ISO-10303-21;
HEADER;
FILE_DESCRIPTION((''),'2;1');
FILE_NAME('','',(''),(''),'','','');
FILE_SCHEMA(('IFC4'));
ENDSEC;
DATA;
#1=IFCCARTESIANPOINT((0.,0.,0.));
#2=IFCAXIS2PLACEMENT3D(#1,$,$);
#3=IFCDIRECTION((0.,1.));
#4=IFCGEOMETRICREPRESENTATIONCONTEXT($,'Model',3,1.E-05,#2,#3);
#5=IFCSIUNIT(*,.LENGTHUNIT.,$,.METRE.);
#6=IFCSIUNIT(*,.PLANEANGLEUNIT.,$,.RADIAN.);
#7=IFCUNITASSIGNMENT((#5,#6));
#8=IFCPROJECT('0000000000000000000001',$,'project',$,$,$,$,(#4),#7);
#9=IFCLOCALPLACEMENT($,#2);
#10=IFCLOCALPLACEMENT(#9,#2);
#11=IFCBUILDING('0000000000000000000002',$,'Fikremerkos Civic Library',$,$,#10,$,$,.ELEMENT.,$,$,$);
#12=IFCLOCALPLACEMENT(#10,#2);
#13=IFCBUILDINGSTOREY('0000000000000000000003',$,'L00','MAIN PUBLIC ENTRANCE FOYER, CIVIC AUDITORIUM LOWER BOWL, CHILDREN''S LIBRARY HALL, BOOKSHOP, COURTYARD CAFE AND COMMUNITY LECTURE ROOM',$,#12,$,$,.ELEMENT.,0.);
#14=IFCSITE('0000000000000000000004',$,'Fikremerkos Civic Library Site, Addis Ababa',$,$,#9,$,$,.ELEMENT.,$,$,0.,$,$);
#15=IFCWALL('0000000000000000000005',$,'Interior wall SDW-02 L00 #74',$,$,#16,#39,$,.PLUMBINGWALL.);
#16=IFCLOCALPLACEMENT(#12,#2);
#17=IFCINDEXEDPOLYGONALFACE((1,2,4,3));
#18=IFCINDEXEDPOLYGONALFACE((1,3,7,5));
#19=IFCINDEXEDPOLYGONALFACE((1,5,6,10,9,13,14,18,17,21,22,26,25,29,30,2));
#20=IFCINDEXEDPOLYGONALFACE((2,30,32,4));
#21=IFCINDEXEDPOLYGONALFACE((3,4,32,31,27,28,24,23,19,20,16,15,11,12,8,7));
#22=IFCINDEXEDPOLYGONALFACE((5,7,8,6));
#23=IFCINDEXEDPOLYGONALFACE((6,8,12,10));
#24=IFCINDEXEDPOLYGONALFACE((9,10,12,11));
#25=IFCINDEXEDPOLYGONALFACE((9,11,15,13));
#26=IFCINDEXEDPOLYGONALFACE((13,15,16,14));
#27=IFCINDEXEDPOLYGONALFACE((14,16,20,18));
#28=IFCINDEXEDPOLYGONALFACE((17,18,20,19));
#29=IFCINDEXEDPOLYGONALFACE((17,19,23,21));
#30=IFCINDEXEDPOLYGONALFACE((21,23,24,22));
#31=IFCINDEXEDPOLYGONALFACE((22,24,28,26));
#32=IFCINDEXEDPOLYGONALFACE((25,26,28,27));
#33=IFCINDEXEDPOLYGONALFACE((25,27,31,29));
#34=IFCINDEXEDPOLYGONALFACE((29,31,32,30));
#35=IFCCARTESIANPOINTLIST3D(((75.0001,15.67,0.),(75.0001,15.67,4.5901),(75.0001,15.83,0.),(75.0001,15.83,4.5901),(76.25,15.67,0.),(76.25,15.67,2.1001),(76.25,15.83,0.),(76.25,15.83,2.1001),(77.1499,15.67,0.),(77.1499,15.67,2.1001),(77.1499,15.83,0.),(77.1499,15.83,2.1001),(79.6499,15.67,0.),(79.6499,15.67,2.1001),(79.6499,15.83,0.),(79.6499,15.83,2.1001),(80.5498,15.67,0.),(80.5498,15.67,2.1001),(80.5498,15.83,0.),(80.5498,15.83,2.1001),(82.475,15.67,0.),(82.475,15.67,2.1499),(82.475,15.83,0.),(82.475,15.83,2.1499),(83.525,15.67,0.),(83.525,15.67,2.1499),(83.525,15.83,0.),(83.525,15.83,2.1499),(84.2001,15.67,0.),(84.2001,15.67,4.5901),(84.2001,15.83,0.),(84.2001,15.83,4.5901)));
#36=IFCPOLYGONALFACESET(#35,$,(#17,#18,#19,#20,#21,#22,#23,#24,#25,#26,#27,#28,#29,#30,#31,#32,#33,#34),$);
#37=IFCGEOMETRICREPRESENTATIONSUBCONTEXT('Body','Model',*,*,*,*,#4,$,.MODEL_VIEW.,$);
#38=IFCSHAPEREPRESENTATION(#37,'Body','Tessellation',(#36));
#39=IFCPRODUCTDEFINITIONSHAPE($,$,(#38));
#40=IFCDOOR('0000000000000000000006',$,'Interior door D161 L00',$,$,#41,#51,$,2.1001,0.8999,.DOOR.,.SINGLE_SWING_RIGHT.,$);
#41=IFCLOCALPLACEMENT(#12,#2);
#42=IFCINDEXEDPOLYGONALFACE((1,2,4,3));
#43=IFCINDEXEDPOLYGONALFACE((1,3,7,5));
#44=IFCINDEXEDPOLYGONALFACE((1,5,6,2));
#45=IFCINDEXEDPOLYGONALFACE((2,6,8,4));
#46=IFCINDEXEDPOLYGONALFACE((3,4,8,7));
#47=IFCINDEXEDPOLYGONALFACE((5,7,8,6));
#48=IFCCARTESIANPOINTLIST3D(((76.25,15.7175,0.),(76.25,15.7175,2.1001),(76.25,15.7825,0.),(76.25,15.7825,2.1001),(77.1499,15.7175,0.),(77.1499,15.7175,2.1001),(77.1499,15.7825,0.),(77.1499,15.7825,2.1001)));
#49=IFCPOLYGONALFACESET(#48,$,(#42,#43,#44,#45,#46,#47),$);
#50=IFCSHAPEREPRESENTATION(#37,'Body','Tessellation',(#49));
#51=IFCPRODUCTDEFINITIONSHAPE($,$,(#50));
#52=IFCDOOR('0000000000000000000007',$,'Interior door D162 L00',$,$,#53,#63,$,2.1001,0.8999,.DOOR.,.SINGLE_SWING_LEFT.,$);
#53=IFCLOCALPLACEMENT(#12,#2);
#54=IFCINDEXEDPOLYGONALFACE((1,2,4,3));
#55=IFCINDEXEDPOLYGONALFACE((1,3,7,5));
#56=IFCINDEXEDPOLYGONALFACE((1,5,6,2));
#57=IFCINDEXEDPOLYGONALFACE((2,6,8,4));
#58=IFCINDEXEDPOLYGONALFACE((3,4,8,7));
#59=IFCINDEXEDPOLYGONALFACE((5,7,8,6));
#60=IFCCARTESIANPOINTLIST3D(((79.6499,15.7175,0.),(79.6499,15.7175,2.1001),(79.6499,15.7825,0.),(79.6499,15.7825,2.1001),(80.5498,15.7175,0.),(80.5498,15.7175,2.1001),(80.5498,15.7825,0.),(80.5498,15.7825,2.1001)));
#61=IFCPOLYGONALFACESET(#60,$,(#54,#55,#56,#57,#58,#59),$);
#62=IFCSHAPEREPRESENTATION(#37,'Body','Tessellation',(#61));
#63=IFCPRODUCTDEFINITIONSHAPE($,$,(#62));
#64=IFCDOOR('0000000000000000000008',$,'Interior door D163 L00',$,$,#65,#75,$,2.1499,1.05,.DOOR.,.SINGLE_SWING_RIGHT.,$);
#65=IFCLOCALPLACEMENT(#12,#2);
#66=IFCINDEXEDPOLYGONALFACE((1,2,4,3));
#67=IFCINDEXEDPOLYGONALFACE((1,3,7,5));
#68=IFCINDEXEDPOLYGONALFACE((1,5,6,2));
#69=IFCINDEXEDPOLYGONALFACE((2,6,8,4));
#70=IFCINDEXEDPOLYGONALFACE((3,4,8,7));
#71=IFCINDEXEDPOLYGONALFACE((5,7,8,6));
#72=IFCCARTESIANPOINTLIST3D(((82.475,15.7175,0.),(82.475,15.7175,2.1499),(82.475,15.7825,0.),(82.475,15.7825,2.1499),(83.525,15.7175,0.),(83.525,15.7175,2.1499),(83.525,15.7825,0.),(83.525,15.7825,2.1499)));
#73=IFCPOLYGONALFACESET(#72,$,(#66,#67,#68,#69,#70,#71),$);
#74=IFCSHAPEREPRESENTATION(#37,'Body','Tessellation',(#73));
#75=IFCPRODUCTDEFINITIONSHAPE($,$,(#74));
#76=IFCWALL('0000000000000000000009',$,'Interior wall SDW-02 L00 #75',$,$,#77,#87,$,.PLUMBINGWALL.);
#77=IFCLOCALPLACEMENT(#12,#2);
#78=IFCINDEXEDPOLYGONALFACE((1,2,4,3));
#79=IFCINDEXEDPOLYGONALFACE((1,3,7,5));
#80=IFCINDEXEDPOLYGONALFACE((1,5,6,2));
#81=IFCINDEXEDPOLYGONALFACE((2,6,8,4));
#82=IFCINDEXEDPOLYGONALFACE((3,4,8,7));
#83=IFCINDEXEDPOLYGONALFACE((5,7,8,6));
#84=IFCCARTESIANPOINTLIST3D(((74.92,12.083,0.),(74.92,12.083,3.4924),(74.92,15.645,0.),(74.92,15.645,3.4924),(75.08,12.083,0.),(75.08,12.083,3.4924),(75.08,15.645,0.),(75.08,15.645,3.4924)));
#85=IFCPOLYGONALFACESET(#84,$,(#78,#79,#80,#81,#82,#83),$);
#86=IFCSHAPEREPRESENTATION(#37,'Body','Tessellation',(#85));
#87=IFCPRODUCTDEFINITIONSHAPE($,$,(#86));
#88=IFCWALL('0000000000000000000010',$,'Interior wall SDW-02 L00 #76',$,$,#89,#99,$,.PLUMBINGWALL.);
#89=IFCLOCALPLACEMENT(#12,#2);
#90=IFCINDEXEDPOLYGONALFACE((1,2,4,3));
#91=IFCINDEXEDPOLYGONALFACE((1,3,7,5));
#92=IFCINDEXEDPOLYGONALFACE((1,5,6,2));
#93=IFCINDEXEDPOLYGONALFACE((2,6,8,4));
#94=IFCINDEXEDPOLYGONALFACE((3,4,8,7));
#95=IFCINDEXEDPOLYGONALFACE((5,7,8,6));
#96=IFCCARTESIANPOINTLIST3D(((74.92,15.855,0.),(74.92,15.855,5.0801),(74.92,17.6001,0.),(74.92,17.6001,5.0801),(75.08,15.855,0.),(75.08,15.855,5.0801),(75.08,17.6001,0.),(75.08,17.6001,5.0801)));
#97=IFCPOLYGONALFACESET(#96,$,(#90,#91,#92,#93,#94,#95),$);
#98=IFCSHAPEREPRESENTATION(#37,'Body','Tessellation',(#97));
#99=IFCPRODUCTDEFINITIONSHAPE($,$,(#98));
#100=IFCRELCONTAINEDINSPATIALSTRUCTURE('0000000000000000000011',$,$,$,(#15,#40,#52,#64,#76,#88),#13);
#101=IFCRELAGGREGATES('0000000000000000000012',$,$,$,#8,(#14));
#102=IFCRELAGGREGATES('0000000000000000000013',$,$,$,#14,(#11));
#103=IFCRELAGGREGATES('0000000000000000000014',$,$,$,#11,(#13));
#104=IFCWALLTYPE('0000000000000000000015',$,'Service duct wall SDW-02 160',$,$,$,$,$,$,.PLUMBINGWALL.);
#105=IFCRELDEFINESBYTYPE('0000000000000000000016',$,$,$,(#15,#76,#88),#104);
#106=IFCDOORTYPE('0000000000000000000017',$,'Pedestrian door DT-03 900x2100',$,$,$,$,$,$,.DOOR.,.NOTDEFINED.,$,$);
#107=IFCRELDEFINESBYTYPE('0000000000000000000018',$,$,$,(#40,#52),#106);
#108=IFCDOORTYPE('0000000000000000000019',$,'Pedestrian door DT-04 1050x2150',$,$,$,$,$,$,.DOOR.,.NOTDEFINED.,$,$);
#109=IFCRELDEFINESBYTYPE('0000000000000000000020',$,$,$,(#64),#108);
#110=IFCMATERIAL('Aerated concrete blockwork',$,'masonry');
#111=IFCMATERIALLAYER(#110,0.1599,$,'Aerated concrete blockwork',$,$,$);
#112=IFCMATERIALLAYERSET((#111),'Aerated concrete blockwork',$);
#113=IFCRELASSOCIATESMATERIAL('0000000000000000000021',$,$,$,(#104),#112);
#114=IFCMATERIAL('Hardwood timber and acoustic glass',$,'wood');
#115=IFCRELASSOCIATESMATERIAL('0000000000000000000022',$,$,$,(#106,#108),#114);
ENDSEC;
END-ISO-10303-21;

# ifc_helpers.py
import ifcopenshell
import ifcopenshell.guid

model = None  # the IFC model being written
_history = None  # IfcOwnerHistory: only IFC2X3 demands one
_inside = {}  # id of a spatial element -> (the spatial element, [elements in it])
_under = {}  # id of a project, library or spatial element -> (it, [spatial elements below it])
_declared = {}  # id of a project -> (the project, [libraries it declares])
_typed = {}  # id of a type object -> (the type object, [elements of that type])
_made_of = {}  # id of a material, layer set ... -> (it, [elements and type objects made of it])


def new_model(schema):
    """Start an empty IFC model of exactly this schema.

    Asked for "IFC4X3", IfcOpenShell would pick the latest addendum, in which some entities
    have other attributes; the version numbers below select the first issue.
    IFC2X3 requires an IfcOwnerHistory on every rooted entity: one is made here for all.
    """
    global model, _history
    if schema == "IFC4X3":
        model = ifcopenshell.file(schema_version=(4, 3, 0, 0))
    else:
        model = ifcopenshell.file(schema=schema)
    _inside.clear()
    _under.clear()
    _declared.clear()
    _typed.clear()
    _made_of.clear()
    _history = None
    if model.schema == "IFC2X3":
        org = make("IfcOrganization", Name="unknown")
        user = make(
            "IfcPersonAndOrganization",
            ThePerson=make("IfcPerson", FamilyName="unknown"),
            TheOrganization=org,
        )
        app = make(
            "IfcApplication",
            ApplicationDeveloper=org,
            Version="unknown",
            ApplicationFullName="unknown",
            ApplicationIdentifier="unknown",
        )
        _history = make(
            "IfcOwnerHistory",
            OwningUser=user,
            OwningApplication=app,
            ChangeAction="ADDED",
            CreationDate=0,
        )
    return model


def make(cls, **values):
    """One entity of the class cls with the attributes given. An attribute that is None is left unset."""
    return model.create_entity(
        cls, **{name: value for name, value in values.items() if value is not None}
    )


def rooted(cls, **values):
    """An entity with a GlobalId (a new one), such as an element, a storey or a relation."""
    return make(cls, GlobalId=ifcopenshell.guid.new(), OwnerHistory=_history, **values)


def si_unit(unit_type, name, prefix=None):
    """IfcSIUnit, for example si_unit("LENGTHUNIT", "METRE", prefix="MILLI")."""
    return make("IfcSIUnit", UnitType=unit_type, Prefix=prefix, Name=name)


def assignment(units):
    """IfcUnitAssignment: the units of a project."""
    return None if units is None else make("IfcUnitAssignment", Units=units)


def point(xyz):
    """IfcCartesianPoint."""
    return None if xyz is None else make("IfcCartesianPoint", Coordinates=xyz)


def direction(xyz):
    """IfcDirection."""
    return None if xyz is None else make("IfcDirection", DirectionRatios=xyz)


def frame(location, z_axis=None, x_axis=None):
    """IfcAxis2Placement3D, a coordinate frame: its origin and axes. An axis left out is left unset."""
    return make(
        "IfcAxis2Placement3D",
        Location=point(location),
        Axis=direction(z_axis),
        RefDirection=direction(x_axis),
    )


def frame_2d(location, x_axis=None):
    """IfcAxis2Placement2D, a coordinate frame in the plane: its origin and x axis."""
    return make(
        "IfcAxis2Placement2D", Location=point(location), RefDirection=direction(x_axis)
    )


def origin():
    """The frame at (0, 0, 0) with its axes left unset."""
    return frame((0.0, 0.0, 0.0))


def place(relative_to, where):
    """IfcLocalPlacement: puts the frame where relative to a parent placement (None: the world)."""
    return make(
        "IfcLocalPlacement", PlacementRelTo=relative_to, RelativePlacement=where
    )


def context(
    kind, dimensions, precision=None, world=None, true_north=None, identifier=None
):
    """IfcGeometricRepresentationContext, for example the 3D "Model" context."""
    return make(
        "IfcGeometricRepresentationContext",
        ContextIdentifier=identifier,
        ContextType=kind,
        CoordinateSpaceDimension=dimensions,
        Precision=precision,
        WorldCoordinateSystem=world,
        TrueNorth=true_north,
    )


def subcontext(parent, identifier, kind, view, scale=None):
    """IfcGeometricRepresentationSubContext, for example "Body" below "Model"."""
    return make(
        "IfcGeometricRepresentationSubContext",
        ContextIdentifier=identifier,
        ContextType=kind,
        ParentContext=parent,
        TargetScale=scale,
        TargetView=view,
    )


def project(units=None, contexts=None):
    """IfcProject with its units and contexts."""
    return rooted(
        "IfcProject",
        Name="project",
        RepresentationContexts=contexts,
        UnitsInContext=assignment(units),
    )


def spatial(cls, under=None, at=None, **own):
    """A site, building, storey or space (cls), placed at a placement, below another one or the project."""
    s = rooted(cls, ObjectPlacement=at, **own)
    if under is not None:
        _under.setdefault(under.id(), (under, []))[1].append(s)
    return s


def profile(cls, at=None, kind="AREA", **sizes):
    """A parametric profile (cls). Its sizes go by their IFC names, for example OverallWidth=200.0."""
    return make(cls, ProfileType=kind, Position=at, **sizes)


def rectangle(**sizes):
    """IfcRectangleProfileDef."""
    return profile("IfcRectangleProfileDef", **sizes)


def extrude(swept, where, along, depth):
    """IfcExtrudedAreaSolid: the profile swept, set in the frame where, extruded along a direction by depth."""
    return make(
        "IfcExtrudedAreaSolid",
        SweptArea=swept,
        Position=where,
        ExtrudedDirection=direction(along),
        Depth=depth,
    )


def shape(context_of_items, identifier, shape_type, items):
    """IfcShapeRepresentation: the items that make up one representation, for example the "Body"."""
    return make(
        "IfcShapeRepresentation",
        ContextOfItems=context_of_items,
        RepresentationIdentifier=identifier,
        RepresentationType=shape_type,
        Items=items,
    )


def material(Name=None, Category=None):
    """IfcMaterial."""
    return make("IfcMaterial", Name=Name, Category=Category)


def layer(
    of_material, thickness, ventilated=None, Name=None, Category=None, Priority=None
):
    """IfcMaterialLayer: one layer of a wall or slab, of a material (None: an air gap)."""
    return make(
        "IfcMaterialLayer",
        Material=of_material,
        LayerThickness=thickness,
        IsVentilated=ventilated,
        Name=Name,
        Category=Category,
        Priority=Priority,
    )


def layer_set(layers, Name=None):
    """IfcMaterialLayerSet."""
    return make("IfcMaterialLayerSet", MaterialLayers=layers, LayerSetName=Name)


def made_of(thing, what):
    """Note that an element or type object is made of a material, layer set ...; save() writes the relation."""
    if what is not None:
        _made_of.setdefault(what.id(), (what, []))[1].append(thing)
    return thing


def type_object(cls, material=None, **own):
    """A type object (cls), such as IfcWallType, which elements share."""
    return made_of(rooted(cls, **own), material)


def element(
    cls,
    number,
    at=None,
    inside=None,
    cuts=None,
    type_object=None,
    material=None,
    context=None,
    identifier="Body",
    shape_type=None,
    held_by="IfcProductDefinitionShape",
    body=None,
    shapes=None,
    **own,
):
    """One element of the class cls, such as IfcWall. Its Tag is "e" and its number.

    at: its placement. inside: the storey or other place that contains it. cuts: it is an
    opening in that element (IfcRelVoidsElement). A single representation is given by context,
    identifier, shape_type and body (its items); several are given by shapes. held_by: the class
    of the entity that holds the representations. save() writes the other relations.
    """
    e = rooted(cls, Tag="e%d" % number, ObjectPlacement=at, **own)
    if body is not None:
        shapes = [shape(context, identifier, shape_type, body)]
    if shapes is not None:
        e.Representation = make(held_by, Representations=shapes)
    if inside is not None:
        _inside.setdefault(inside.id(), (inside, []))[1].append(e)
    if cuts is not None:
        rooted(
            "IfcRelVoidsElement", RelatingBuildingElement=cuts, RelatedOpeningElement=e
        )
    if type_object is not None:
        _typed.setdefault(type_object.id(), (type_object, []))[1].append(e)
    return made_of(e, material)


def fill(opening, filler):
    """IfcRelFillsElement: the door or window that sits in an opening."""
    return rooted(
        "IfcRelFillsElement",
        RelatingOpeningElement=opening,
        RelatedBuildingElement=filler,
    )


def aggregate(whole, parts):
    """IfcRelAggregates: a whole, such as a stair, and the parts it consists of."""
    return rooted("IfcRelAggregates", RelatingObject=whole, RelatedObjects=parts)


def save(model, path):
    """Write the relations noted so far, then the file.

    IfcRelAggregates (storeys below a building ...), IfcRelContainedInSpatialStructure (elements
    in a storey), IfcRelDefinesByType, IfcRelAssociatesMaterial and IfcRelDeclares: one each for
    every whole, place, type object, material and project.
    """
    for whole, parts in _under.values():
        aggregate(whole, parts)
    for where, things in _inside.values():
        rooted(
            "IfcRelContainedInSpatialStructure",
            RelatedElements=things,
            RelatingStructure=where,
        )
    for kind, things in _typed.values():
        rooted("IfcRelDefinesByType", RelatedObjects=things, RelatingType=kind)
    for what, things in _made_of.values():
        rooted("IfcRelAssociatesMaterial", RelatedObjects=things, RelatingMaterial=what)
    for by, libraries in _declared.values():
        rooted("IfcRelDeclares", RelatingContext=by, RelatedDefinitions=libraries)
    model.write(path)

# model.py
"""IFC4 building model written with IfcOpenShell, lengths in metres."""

from ifc_helpers import new_model, si_unit, direction, frame, frame_2d, origin, place, context, subcontext, project, spatial, rectangle, extrude, material, layer, layer_set, type_object, element, fill, save


model = new_model("IFC4")

# Units and contexts
model_context = context("Model", 3, precision=1e-05, world=origin(), true_north=direction((0.0, 1.0)))
body_context = subcontext(model_context, "Body", "Model", "MODEL_VIEW")
ifc_project = project(units=[si_unit("LENGTHUNIT", "METRE"), si_unit("PLANEANGLEUNIT", "RADIAN")], contexts=[model_context])

# Site, building, storey
site_placement = place(None, origin())
site = spatial("IfcSite", under=ifc_project, at=site_placement, Name="Fikremerkos Civic Library Site, Addis Ababa", CompositionType="ELEMENT", RefElevation=0.0)
building_placement = place(site_placement, origin())
building = spatial("IfcBuilding", under=site, at=building_placement, Name="Fikremerkos Civic Library", CompositionType="ELEMENT")
storey_placement = place(building_placement, origin())
storey = spatial("IfcBuildingStorey", under=building, at=storey_placement, Name="L00", Description="MAIN PUBLIC ENTRANCE FOYER, CIVIC AUDITORIUM LOWER BOWL, CHILDREN'S LIBRARY HALL, BOOKSHOP, COURTYARD CAFE AND COMMUNITY LECTURE ROOM", CompositionType="ELEMENT", Elevation=0.0)

# Shared definitions
ifc_material_1 = material(Name="Hardwood timber and acoustic glass", Category="wood")

# Wall, openings, doors
ifc_material_2 = material(Name="Aerated concrete blockwork", Category="masonry")
ifc_layer_1 = layer(ifc_material_2, 0.1599, Name="Aerated concrete blockwork")
ifc_layer_set_1 = layer_set([ifc_layer_1], Name="Aerated concrete blockwork")
wall_type_1 = type_object("IfcWallType", Name="Service duct wall SDW-02 160", PredefinedType="PLUMBINGWALL", material=ifc_layer_set_1)
wall_1_placement = place(storey_placement, frame((75.0, 15.75, 0.0), z_axis=(0.0, 0.0, 1.0), x_axis=(1.0, 0.0, 0.0)))
wall_1 = element("IfcWall", 1, at=wall_1_placement, inside=storey, type_object=wall_type_1, Name="Interior wall SDW-02 L00 #74", PredefinedType="PLUMBINGWALL", context=body_context, shape_type="SweptSolid", body=[
    extrude(rectangle(XDim=9.2, YDim=0.1599, at=frame_2d((4.6001, 0.0))), origin(), (0.0, 0.0, 1.0), 4.5901),
])
opening_1_placement = place(wall_1_placement, frame((1.25, 0.0, 0.0)))
opening_1 = element("IfcOpeningElement", 2, at=opening_1_placement, cuts=wall_1, PredefinedType="OPENING", context=body_context, shape_type="SweptSolid", body=[
    extrude(rectangle(XDim=0.8999, YDim=2.1001, at=frame_2d((0.45, 1.05))), frame((0.0, 0.0898, 0.0), z_axis=(0.0, -1.0, 0.0), x_axis=(1.0, 0.0, 0.0)), (0.0, 0.0, 1.0), 0.1799),
])
opening_2_placement = place(wall_1_placement, frame((4.6499, 0.0, 0.0)))
opening_2 = element("IfcOpeningElement", 3, at=opening_2_placement, cuts=wall_1, PredefinedType="OPENING", context=body_context, shape_type="SweptSolid", body=[
    extrude(rectangle(XDim=0.8999, YDim=2.1001, at=frame_2d((0.45, 1.05))), frame((0.0, 0.0898, 0.0), z_axis=(0.0, -1.0, 0.0), x_axis=(1.0, 0.0, 0.0)), (0.0, 0.0, 1.0), 0.1799),
])
opening_3_placement = place(wall_1_placement, frame((7.4751, 0.0, 0.0)))
opening_3 = element("IfcOpeningElement", 4, at=opening_3_placement, cuts=wall_1, PredefinedType="OPENING", context=body_context, shape_type="SweptSolid", body=[
    extrude(rectangle(XDim=1.05, YDim=2.1499, at=frame_2d((0.5249, 1.075))), frame((0.0, 0.0898, 0.0), z_axis=(0.0, -1.0, 0.0), x_axis=(1.0, 0.0, 0.0)), (0.0, 0.0, 1.0), 0.1799),
])
door_type_1 = type_object("IfcDoorType", Name="Pedestrian door DT-03 900x2100", OperationType="NOTDEFINED", PredefinedType="DOOR", material=ifc_material_1)
door_1_placement = place(opening_1_placement, origin())
door_1 = element("IfcDoor", 5, at=door_1_placement, inside=storey, type_object=door_type_1, Name="Interior door D161 L00", OperationType="SINGLE_SWING_RIGHT", OverallHeight=2.1001, OverallWidth=0.8999, PredefinedType="DOOR", context=body_context, shape_type="SweptSolid", body=[
    extrude(rectangle(XDim=0.8999, YDim=2.1001, at=frame_2d((0.45, 1.05))), frame((0.0, 0.0325, 0.0), z_axis=(0.0, -1.0, 0.0), x_axis=(1.0, 0.0, 0.0)), (0.0, 0.0, 1.0), 0.0649),
])
fill(opening_1, door_1)
door_2_placement = place(opening_2_placement, origin())
door_2 = element("IfcDoor", 6, at=door_2_placement, inside=storey, type_object=door_type_1, Name="Interior door D162 L00", OperationType="SINGLE_SWING_LEFT", OverallHeight=2.1001, OverallWidth=0.8999, PredefinedType="DOOR", context=body_context, shape_type="SweptSolid", body=[
    extrude(rectangle(XDim=0.8999, YDim=2.1001, at=frame_2d((0.45, 1.05))), frame((0.0, 0.0325, 0.0), z_axis=(0.0, -1.0, 0.0), x_axis=(1.0, 0.0, 0.0)), (0.0, 0.0, 1.0), 0.0649),
])
fill(opening_2, door_2)
door_type_2 = type_object("IfcDoorType", Name="Pedestrian door DT-04 1050x2150", OperationType="NOTDEFINED", PredefinedType="DOOR", material=ifc_material_1)
door_3_placement = place(opening_3_placement, origin())
door_3 = element("IfcDoor", 7, at=door_3_placement, inside=storey, type_object=door_type_2, Name="Interior door D163 L00", OperationType="SINGLE_SWING_RIGHT", OverallHeight=2.1499, OverallWidth=1.05, PredefinedType="DOOR", context=body_context, shape_type="SweptSolid", body=[
    extrude(rectangle(XDim=1.05, YDim=2.1499, at=frame_2d((0.5249, 1.075))), frame((0.0, 0.0325, 0.0), z_axis=(0.0, -1.0, 0.0), x_axis=(1.0, 0.0, 0.0)), (0.0, 0.0, 1.0), 0.0649),
])
fill(opening_3, door_3)

# Walls
wall_2_placement = place(storey_placement, frame((75.0, 12.083, 0.0), z_axis=(0.0, 0.0, 1.0), x_axis=(0.0, 1.0, 0.0)))
element("IfcWall", 8, at=wall_2_placement, inside=storey, type_object=wall_type_1, Name="Interior wall SDW-02 L00 #75", PredefinedType="PLUMBINGWALL", context=body_context, shape_type="SweptSolid", body=[
    extrude(rectangle(XDim=3.562, YDim=0.1599, at=frame_2d((1.781, 0.0))), origin(), (0.0, 0.0, 1.0), 3.4924),
])
wall_3_placement = place(storey_placement, frame((75.0, 15.855, 0.0), z_axis=(0.0, 0.0, 1.0), x_axis=(0.0, 1.0, 0.0)))
element("IfcWall", 9, at=wall_3_placement, inside=storey, type_object=wall_type_1, Name="Interior wall SDW-02 L00 #76", PredefinedType="PLUMBINGWALL", context=body_context, shape_type="SweptSolid", body=[
    extrude(rectangle(XDim=1.7451, YDim=0.1599, at=frame_2d((0.8726, 0.0))), origin(), (0.0, 0.0, 1.0), 5.0801),
])

save(model, "model.ifc")
